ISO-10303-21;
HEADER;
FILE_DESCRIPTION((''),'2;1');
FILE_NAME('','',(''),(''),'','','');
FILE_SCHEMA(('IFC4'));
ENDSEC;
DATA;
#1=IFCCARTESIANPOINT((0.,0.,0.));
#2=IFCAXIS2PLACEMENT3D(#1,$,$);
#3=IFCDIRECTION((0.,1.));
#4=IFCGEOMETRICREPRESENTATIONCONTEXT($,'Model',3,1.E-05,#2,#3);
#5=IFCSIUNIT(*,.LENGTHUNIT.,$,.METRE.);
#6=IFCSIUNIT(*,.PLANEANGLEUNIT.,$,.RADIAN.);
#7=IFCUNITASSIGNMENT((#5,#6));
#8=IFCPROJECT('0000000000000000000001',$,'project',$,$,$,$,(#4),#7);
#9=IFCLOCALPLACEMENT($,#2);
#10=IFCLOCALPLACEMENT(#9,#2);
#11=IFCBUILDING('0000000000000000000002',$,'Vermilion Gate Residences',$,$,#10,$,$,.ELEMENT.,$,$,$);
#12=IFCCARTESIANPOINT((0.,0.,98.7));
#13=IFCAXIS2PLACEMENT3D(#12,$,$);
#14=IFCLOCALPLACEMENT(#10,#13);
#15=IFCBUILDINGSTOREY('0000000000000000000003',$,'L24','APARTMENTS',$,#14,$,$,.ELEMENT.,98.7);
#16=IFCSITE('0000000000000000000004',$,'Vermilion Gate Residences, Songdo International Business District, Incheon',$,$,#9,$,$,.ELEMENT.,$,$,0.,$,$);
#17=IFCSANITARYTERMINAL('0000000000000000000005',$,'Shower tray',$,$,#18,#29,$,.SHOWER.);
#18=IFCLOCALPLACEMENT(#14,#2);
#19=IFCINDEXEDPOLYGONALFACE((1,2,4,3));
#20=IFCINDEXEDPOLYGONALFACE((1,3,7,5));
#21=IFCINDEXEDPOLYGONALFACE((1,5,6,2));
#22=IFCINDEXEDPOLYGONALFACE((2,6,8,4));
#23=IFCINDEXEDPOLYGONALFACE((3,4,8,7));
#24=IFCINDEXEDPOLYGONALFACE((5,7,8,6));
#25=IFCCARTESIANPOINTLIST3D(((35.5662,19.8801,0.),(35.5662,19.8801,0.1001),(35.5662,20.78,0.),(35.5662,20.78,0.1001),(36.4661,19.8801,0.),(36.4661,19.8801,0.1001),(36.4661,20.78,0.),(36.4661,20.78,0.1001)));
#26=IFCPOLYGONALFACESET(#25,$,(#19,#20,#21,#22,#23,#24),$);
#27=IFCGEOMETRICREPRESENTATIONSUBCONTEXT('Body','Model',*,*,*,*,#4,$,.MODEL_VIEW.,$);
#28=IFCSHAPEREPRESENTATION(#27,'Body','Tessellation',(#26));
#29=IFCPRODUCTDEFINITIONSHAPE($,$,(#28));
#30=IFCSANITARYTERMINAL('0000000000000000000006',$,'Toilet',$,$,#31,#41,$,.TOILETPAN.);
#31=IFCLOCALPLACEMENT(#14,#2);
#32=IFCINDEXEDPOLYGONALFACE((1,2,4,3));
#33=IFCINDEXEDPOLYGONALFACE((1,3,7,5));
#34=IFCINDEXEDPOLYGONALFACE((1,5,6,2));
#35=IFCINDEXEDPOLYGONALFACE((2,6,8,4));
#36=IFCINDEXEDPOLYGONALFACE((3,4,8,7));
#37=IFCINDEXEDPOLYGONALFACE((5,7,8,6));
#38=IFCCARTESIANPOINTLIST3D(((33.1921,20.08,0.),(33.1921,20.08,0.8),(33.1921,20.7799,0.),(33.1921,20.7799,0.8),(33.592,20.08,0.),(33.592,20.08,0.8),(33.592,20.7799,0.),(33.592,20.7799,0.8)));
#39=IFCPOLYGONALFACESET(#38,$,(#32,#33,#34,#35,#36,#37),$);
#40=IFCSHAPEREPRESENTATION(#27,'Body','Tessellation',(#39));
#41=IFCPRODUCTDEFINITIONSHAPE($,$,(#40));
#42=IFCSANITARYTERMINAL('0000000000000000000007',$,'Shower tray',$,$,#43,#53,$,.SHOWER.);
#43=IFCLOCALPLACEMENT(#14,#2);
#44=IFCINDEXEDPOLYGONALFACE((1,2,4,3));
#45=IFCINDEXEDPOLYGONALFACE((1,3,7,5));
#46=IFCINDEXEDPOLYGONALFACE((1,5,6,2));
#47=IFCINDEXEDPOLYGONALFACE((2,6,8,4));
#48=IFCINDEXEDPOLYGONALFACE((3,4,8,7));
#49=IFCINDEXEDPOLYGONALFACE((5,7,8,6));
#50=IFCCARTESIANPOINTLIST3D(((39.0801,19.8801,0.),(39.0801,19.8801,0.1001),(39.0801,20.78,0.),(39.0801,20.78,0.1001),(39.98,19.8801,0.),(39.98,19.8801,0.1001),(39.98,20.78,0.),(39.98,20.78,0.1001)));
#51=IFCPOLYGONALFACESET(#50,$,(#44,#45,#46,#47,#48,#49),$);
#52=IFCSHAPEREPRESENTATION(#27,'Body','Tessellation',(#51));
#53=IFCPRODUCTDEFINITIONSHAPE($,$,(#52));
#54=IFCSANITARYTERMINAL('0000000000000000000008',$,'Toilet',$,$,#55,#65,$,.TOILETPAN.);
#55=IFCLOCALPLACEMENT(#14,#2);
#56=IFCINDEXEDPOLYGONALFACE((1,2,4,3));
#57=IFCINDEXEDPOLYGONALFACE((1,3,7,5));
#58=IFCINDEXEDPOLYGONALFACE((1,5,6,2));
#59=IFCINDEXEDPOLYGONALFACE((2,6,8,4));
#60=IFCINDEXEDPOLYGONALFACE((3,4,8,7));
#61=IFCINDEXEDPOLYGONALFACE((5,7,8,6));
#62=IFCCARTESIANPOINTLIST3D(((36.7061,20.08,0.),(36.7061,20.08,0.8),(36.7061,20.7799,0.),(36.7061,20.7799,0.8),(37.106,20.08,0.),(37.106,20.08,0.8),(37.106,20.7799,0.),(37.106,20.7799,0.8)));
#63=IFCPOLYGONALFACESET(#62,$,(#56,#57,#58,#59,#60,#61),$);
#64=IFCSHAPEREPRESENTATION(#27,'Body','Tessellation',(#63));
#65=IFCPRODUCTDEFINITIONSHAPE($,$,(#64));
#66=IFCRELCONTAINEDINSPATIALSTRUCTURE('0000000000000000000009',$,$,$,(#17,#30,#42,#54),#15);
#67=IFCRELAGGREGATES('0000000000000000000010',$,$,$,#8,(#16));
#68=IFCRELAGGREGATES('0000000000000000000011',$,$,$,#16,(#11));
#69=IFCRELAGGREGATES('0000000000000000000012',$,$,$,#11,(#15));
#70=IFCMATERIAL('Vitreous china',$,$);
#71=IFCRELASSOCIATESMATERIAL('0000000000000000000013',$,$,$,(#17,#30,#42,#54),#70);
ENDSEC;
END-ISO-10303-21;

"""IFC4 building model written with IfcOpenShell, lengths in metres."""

from ifc_helpers import new_model, si_unit, direction, frame, origin, origin_2d, place, context, subcontext, project, spatial, rectangle, extrude, material, element, save


model = new_model("IFC4")

# Units and contexts
model_context = context("Model", 3, precision=1e-05, world=origin(), true_north=direction((0.0, 1.0)))
body_context = subcontext(model_context, "Body", "Model", "MODEL_VIEW")
ifc_project = project(units=[si_unit("LENGTHUNIT", "METRE"), si_unit("PLANEANGLEUNIT", "RADIAN")], contexts=[model_context])

# Site, building, storey
site_placement = place(None, origin())
site = spatial("IfcSite", under=ifc_project, at=site_placement, Name="Vermilion Gate Residences, Songdo International Business District, Incheon", CompositionType="ELEMENT", RefElevation=0.0)
building_placement = place(site_placement, origin())
building = spatial("IfcBuilding", under=site, at=building_placement, Name="Vermilion Gate Residences", CompositionType="ELEMENT")
storey_placement = place(building_placement, frame((0.0, 0.0, 98.7)))
storey = spatial("IfcBuildingStorey", under=building, at=storey_placement, Name="L24", Description="APARTMENTS", CompositionType="ELEMENT", Elevation=98.7)

# Sanitary terminals
ifc_material_1 = material(Name="Vitreous china")
sanitary_terminal_1_placement = place(storey_placement, frame((36.0161, 20.3301, 0.0), z_axis=(0.0, 0.0, 1.0), x_axis=(1.0, 0.0, 0.0)))
element("IfcSanitaryTerminal", 1, at=sanitary_terminal_1_placement, inside=storey, material=ifc_material_1, Name="Shower tray", PredefinedType="SHOWER", context=body_context, shape_type="SweptSolid", body=[
    extrude(rectangle(XDim=0.8999, YDim=0.8999, at=origin_2d()), origin(), (0.0, 0.0, 1.0), 0.1001),
])
sanitary_terminal_2_placement = place(storey_placement, frame((33.3921, 20.4299, 0.0), z_axis=(0.0, 0.0, 1.0), x_axis=(1.0, 0.0, 0.0)))
element("IfcSanitaryTerminal", 2, at=sanitary_terminal_2_placement, inside=storey, material=ifc_material_1, Name="Toilet", PredefinedType="TOILETPAN", context=body_context, shape_type="SweptSolid", body=[
    extrude(rectangle(XDim=0.3999, YDim=0.7, at=origin_2d()), origin(), (0.0, 0.0, 1.0), 0.8),
])
sanitary_terminal_3_placement = place(storey_placement, frame((39.53, 20.3301, 0.0), z_axis=(0.0, 0.0, 1.0), x_axis=(1.0, 0.0, 0.0)))
element("IfcSanitaryTerminal", 3, at=sanitary_terminal_3_placement, inside=storey, material=ifc_material_1, Name="Shower tray", PredefinedType="SHOWER", context=body_context, shape_type="SweptSolid", body=[
    extrude(rectangle(XDim=0.8999, YDim=0.8999, at=origin_2d()), origin(), (0.0, 0.0, 1.0), 0.1001),
])
sanitary_terminal_4_placement = place(storey_placement, frame((36.906, 20.4299, 0.0), z_axis=(0.0, 0.0, 1.0), x_axis=(1.0, 0.0, 0.0)))
element("IfcSanitaryTerminal", 4, at=sanitary_terminal_4_placement, inside=storey, material=ifc_material_1, Name="Toilet", PredefinedType="TOILETPAN", context=body_context, shape_type="SweptSolid", body=[
    extrude(rectangle(XDim=0.3999, YDim=0.7, at=origin_2d()), origin(), (0.0, 0.0, 1.0), 0.8),
])

save(model, "model.ifc")
